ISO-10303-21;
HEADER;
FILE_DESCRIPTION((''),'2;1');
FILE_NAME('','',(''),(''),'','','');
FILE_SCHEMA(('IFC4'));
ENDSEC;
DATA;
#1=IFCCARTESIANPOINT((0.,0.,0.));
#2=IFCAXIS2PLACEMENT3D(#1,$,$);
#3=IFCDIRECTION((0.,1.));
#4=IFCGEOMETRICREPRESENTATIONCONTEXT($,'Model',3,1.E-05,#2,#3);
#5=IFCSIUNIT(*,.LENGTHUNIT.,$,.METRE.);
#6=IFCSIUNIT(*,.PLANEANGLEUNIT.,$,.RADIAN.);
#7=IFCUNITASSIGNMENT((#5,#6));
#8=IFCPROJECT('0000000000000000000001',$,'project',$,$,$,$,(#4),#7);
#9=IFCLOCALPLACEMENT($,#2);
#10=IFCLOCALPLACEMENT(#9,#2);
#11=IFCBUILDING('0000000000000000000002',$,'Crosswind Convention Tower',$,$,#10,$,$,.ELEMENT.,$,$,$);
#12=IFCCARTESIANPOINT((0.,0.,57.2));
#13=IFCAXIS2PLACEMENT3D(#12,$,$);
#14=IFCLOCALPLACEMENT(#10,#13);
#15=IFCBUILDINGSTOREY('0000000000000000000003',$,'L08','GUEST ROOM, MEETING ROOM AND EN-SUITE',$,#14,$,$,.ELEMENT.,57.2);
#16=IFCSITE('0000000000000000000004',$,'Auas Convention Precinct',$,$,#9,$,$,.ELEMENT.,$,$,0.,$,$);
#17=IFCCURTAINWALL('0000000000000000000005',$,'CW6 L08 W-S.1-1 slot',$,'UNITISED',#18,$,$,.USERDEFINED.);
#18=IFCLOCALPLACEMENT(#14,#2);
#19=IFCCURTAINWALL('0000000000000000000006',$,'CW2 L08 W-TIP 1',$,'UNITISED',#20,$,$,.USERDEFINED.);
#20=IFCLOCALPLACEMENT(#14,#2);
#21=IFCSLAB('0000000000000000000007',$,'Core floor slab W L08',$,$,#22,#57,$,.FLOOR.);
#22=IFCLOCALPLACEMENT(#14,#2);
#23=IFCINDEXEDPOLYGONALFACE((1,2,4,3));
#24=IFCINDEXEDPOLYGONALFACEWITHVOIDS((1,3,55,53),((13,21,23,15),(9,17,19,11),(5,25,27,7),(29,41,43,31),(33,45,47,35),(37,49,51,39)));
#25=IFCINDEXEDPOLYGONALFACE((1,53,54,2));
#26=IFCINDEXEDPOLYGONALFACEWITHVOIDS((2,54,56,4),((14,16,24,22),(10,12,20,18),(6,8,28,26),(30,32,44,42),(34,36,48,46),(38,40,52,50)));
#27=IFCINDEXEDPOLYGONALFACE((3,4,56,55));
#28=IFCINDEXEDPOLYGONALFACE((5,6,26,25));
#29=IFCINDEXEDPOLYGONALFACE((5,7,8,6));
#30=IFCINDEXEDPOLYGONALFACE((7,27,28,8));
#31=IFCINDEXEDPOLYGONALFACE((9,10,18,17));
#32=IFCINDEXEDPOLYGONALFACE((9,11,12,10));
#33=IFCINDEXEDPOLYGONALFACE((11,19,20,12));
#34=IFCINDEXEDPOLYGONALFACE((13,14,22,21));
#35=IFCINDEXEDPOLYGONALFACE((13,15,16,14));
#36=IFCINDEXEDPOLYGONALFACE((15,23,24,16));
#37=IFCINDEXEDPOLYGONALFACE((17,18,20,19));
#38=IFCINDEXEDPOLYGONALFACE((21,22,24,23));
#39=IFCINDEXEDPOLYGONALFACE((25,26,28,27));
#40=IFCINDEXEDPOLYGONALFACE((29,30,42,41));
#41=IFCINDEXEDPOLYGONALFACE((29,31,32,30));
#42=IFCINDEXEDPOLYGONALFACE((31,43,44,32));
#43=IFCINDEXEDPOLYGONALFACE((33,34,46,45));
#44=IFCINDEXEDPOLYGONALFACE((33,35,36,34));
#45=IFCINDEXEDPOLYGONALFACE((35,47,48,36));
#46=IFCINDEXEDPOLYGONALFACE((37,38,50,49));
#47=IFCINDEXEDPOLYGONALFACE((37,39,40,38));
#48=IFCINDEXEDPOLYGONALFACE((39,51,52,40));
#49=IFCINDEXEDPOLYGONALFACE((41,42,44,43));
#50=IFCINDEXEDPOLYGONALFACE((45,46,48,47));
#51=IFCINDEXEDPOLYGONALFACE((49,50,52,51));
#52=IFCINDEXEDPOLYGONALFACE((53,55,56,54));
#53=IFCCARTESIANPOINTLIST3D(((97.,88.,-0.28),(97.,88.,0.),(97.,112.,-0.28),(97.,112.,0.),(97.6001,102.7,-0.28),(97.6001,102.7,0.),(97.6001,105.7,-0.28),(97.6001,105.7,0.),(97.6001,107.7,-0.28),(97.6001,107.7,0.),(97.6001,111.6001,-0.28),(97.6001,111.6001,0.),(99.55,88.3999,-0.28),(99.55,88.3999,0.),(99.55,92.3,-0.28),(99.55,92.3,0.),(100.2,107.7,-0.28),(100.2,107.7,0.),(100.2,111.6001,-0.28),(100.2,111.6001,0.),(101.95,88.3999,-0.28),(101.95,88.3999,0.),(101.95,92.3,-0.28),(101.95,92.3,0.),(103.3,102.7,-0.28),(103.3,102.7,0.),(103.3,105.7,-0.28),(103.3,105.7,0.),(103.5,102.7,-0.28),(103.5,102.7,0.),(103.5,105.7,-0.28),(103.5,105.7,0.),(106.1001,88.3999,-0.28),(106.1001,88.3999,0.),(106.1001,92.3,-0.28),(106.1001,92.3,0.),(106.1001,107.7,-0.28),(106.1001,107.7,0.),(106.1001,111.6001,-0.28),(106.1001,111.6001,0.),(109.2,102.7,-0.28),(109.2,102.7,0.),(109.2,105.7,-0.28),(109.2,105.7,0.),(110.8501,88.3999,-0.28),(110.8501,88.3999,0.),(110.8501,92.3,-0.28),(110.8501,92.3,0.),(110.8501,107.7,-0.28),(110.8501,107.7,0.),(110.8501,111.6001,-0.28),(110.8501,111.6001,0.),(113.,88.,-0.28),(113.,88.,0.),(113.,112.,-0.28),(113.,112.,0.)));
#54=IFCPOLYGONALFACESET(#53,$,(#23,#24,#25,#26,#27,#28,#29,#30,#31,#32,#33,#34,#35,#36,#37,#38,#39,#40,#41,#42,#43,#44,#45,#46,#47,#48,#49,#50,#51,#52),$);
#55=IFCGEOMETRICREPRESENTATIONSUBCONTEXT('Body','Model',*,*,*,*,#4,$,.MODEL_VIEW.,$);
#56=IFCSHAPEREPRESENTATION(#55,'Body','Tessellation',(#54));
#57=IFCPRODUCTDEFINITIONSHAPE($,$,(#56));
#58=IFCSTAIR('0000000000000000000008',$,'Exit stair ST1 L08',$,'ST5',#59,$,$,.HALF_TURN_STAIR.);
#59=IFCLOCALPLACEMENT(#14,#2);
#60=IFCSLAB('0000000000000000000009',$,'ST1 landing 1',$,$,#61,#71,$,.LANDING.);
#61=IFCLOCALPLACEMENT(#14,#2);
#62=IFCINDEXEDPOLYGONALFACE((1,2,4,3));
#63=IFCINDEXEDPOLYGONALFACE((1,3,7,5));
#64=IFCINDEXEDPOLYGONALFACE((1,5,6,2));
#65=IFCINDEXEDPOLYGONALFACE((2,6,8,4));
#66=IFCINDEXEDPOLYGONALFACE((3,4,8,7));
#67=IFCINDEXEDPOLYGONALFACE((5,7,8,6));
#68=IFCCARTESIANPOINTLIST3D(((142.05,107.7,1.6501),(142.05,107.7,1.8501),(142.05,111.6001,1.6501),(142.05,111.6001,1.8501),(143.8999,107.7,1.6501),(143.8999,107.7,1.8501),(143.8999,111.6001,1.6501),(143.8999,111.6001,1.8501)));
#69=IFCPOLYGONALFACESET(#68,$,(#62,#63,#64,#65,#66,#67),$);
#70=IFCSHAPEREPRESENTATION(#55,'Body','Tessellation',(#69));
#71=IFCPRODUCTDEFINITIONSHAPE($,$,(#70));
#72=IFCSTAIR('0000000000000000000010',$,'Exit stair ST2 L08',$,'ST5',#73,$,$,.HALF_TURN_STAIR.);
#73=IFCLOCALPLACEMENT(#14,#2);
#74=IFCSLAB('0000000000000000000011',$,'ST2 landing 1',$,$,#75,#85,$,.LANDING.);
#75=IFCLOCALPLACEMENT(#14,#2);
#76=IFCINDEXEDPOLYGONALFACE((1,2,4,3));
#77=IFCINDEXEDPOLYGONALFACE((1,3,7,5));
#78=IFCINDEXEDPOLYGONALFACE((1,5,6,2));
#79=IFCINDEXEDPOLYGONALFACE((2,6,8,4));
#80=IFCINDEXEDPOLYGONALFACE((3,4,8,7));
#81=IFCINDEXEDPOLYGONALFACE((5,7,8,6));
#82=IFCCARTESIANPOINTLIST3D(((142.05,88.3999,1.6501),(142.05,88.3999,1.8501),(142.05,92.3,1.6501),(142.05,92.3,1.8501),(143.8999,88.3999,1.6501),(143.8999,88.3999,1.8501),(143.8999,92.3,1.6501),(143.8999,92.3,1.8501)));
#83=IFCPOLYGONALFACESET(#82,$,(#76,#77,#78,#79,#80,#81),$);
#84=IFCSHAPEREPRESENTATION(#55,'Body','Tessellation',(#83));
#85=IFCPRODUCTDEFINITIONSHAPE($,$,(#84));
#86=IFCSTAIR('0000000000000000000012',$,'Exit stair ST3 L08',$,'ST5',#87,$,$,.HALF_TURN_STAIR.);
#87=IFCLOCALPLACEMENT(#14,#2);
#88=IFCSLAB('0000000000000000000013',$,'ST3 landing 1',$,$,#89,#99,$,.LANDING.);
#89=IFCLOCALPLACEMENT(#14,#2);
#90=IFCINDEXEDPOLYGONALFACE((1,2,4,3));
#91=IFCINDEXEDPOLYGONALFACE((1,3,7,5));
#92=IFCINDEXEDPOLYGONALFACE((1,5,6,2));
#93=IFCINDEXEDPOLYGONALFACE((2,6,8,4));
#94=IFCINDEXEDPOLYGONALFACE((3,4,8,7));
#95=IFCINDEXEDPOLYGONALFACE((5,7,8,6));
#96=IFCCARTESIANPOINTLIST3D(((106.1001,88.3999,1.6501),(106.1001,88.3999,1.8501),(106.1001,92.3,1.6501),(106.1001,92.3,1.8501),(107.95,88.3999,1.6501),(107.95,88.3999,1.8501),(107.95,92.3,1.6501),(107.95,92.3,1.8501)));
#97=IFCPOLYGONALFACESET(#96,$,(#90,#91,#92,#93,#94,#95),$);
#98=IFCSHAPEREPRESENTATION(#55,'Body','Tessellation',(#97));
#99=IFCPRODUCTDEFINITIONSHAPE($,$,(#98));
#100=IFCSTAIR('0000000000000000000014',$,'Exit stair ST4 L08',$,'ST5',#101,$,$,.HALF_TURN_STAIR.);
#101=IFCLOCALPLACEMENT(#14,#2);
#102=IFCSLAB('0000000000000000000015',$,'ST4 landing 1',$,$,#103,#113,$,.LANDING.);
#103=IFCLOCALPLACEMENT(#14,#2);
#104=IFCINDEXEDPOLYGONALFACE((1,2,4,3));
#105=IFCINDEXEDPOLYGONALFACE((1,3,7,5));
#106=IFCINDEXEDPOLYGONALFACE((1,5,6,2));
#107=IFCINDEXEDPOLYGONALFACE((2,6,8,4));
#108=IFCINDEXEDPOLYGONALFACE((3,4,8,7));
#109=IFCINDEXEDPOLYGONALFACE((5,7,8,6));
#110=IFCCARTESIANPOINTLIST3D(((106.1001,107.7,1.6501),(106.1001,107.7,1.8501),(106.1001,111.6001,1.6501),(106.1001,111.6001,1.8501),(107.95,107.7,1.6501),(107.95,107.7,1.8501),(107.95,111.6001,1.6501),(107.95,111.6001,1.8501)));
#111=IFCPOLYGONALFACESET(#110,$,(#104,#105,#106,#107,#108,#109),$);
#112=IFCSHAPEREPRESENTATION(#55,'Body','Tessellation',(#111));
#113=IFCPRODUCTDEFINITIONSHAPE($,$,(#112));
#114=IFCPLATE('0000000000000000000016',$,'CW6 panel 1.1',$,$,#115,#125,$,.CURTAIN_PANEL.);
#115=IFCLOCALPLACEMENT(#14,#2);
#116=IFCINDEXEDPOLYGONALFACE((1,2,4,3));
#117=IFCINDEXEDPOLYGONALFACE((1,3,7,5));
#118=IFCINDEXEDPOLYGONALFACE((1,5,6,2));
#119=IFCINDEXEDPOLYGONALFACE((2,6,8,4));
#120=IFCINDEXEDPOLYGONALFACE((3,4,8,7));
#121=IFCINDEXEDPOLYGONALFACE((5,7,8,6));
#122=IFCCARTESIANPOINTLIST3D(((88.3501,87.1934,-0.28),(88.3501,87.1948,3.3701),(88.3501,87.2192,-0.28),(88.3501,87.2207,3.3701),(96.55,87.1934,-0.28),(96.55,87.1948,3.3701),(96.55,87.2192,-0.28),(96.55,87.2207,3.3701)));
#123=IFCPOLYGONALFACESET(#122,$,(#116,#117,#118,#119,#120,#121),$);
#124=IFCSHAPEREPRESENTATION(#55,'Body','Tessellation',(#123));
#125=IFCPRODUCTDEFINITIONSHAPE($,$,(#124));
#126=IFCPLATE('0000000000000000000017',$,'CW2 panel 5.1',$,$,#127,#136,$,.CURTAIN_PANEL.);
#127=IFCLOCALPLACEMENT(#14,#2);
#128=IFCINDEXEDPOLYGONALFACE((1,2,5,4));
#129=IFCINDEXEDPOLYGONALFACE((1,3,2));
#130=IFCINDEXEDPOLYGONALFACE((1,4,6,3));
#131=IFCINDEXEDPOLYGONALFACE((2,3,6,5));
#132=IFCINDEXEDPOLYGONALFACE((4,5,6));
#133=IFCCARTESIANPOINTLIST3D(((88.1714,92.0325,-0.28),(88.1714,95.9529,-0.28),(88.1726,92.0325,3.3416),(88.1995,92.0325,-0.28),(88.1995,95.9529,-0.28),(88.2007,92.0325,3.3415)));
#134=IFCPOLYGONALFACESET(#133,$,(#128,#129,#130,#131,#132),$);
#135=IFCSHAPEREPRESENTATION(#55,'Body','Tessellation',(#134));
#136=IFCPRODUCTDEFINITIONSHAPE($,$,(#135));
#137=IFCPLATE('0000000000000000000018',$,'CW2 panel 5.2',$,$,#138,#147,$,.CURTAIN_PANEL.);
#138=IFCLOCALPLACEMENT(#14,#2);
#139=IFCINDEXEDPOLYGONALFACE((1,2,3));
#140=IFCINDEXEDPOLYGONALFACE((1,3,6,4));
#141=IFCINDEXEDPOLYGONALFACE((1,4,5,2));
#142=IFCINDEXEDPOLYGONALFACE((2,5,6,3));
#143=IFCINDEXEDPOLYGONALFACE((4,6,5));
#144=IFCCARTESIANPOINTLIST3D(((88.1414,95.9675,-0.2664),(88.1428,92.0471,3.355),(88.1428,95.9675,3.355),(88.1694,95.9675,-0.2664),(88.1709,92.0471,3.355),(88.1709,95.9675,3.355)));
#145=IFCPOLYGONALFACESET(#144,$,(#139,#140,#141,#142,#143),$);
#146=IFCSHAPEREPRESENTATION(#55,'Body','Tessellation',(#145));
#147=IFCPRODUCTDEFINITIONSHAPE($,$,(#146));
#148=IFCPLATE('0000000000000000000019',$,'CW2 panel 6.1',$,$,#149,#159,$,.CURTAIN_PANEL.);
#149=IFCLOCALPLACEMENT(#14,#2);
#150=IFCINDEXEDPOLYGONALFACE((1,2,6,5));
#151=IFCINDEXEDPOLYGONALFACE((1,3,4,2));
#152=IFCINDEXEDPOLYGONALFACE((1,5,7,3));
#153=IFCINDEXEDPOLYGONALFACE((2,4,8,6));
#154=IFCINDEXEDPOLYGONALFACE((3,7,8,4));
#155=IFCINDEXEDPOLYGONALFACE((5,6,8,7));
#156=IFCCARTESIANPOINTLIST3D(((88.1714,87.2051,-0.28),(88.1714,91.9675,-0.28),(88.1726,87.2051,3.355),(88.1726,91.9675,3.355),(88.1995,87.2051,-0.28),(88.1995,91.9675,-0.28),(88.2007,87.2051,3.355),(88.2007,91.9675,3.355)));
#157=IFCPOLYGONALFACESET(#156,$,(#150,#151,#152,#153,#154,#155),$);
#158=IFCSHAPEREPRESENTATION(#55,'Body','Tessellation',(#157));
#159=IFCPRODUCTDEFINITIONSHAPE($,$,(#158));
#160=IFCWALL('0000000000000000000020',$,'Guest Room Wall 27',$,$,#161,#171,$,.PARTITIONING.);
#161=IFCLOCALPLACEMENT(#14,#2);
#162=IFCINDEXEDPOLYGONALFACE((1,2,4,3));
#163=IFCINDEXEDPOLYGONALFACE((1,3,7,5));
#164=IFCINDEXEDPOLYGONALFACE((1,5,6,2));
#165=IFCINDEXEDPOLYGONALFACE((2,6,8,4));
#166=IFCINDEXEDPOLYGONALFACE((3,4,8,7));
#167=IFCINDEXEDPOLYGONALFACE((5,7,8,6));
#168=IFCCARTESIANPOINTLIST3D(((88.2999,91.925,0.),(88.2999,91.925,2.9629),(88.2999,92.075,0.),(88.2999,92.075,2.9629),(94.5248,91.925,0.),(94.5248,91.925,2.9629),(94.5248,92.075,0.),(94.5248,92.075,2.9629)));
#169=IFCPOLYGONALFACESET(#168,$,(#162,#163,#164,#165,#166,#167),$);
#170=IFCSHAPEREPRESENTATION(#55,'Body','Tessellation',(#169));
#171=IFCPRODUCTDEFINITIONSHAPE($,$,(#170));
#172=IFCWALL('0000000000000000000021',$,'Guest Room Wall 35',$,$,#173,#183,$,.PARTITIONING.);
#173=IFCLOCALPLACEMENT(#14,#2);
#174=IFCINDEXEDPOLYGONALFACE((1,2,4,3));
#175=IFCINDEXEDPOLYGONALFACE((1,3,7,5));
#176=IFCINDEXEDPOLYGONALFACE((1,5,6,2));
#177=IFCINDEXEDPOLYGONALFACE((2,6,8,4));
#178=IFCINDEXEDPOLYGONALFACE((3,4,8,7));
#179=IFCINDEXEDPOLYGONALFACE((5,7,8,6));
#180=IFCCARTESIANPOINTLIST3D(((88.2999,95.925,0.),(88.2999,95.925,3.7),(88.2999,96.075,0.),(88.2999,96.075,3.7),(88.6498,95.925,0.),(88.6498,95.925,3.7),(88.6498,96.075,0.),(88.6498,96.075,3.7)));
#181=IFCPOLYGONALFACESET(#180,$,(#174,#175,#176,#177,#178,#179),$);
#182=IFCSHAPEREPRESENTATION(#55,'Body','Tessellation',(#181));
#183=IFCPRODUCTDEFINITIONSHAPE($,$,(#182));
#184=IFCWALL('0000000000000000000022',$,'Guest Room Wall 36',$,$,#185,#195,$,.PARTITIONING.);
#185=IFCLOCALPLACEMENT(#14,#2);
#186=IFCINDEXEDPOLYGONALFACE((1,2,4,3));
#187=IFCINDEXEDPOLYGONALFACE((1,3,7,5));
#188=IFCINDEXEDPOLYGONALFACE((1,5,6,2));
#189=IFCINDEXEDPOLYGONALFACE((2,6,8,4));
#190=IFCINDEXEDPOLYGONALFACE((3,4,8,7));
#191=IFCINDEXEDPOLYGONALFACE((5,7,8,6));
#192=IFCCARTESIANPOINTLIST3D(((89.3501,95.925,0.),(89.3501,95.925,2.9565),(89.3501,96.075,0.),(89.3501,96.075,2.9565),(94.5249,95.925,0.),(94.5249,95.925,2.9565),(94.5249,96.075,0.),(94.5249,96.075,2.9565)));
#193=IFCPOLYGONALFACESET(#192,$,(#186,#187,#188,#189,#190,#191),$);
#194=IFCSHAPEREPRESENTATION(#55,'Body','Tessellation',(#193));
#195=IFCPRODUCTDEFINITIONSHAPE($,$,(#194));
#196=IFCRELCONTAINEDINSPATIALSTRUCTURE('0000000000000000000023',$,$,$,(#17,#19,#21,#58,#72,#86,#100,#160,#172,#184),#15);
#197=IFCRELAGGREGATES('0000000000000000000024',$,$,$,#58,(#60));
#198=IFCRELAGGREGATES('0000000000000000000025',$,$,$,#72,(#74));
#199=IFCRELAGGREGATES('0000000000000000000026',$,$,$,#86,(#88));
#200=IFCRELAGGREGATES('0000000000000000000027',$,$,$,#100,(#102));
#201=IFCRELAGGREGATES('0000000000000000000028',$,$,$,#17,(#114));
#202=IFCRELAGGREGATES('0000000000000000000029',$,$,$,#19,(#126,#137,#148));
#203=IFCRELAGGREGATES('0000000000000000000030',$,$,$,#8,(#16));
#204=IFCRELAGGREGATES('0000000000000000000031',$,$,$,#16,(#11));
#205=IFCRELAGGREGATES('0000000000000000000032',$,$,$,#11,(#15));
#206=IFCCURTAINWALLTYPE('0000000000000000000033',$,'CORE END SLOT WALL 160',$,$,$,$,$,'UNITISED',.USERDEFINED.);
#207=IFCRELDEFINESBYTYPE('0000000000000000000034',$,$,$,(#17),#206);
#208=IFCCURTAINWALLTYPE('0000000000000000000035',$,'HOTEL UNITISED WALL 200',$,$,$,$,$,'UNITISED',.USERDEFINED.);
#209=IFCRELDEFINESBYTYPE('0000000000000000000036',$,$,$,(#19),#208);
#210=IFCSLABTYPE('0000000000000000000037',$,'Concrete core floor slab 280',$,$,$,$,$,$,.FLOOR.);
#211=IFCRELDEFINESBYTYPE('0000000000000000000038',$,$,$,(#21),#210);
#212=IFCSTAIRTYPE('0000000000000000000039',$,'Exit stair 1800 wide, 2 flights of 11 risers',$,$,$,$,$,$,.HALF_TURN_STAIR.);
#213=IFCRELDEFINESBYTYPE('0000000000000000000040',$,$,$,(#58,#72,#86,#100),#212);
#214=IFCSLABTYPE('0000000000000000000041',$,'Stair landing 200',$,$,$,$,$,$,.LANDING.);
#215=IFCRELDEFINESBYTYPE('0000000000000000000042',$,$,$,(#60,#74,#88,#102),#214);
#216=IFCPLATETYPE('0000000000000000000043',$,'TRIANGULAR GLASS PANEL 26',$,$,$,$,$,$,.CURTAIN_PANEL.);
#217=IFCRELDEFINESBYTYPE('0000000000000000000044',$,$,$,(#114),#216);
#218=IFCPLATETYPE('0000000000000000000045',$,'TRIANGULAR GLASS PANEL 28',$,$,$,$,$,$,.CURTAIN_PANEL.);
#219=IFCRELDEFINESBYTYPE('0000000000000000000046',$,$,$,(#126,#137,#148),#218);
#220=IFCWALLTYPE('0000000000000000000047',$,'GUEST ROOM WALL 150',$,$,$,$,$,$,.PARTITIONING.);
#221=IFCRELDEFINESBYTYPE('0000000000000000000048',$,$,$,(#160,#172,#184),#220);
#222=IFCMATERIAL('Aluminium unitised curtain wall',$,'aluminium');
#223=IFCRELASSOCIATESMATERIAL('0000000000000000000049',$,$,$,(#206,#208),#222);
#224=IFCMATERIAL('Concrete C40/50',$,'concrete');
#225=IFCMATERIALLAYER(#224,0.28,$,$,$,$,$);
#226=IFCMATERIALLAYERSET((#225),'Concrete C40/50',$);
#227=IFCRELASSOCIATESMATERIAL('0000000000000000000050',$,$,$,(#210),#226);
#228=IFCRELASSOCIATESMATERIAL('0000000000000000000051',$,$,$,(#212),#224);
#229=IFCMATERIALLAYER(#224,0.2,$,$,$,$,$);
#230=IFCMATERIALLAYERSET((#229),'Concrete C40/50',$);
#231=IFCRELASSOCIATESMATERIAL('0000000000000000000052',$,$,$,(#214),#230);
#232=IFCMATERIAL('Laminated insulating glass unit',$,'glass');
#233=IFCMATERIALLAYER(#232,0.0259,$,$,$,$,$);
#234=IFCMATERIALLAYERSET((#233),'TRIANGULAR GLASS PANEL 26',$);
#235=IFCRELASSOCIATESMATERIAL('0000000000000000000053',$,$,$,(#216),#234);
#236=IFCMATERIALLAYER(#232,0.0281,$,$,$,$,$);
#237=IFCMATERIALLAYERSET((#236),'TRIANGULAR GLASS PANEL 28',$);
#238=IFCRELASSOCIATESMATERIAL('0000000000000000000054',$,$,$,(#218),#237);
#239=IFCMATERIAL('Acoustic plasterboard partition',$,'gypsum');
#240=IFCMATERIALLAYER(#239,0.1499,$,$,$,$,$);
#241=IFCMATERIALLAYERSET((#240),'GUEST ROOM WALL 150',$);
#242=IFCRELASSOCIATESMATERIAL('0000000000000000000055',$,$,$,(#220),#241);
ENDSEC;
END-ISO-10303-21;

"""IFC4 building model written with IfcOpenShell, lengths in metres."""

from ifc_helpers import new_model, si_unit, direction, frame, frame_2d, origin, place, context, subcontext, project, spatial, polyline, rectangle, outline, extrude, material, layer, layer_set, type_object, element, aggregate, save


model = new_model("IFC4")

# Units and contexts
model_context = context("Model", 3, precision=1e-05, world=origin(), true_north=direction((0.0, 1.0)))
body_context = subcontext(model_context, "Body", "Model", "MODEL_VIEW")
ifc_project = project(units=[si_unit("LENGTHUNIT", "METRE"), si_unit("PLANEANGLEUNIT", "RADIAN")], contexts=[model_context])

# Site, building, storey
site_placement = place(None, origin())
site = spatial("IfcSite", under=ifc_project, at=site_placement, Name="Auas Convention Precinct", CompositionType="ELEMENT", RefElevation=0.0)
building_placement = place(site_placement, origin())
building = spatial("IfcBuilding", under=site, at=building_placement, Name="Crosswind Convention Tower", CompositionType="ELEMENT")
storey_placement = place(building_placement, frame((0.0, 0.0, 57.2)))
storey = spatial("IfcBuildingStorey", under=building, at=storey_placement, Name="L08", Description="GUEST ROOM, MEETING ROOM AND EN-SUITE", CompositionType="ELEMENT", Elevation=57.2)

# Curtain wall
ifc_material_1 = material(Name="Aluminium unitised curtain wall", Category="aluminium")
curtain_wall_type_1 = type_object("IfcCurtainWallType", Name="CORE END SLOT WALL 160", ElementType="UNITISED", PredefinedType="USERDEFINED", material=ifc_material_1)
curtain_wall_1_placement = place(storey_placement, origin())
curtain_wall_1 = element("IfcCurtainWall", 1, at=curtain_wall_1_placement, inside=storey, type_object=curtain_wall_type_1, Name="CW6 L08 W-S.1-1 slot", ObjectType="UNITISED", PredefinedType="USERDEFINED")

# Curtain wall
curtain_wall_type_2 = type_object("IfcCurtainWallType", Name="HOTEL UNITISED WALL 200", ElementType="UNITISED", PredefinedType="USERDEFINED", material=ifc_material_1)
curtain_wall_2_placement = place(storey_placement, origin())
curtain_wall_2 = element("IfcCurtainWall", 2, at=curtain_wall_2_placement, inside=storey, type_object=curtain_wall_type_2, Name="CW2 L08 W-TIP 1", ObjectType="UNITISED", PredefinedType="USERDEFINED")

# Slab
ifc_material_2 = material(Name="Concrete C40/50", Category="concrete")
ifc_layer_1 = layer(ifc_material_2, 0.28)
ifc_layer_set_1 = layer_set([ifc_layer_1], Name="Concrete C40/50")
slab_type_1 = type_object("IfcSlabType", Name="Concrete core floor slab 280", PredefinedType="FLOOR", material=ifc_layer_set_1)
slab_1_placement = place(storey_placement, frame((0.0, 0.0, -0.28)))
element("IfcSlab", 3, at=slab_1_placement, inside=storey, type_object=slab_type_1, Name="Core floor slab W L08", PredefinedType="FLOOR", context=body_context, shape_type="SweptSolid", body=[
    extrude(outline(polyline([(97.0, 88.0), (113.0, 88.0), (113.0, 112.0), (97.0, 112.0), (97.0, 88.0)]), holes=[polyline([(109.2, 102.7), (109.2, 105.7), (103.5, 105.7), (103.5, 102.7), (109.2, 102.7)]), polyline([(103.3, 102.7), (103.3, 105.7), (97.6001, 105.7), (97.6001, 102.7), (103.3, 102.7)]), polyline([(101.95, 88.3999), (101.95, 92.3), (99.55, 92.3), (99.55, 88.3999), (101.95, 88.3999)]), polyline([(100.2, 107.7), (100.2, 111.6001), (97.6001, 111.6001), (97.6001, 107.7), (100.2, 107.7)]), polyline([(110.8501, 88.3999), (110.8501, 92.3), (106.1001, 92.3), (106.1001, 88.3999), (110.8501, 88.3999)]), polyline([(110.8501, 107.7), (110.8501, 111.6001), (106.1001, 111.6001), (106.1001, 107.7), (110.8501, 107.7)])]), origin(), (0.0, 0.0, 1.0), 0.28),
])

# Stairs, slabs
stair_type = type_object("IfcStairType", Name="Exit stair 1800 wide, 2 flights of 11 risers", PredefinedType="HALF_TURN_STAIR", material=ifc_material_2)
stair_1_placement = place(storey_placement, origin())
stair_1 = element("IfcStair", 4, at=stair_1_placement, inside=storey, type_object=stair_type, Name="Exit stair ST1 L08", ObjectType="ST5", PredefinedType="HALF_TURN_STAIR")
ifc_layer_2 = layer(ifc_material_2, 0.2)
ifc_layer_set_2 = layer_set([ifc_layer_2], Name="Concrete C40/50")
slab_type_2 = type_object("IfcSlabType", Name="Stair landing 200", PredefinedType="LANDING", material=ifc_layer_set_2)
slab_2_placement = place(storey_placement, frame((0.0, 0.0, 1.6501)))
slab_2 = element("IfcSlab", 5, at=slab_2_placement, type_object=slab_type_2, Name="ST1 landing 1", PredefinedType="LANDING", context=body_context, shape_type="SweptSolid", body=[
    extrude(outline(polyline([(143.8999, 107.7), (143.8999, 111.6001), (142.05, 111.6001), (142.05, 107.7), (143.8999, 107.7)])), origin(), (0.0, 0.0, 1.0), 0.2),
])
aggregate(stair_1, [slab_2])
stair_2_placement = place(storey_placement, origin())
stair_2 = element("IfcStair", 6, at=stair_2_placement, inside=storey, type_object=stair_type, Name="Exit stair ST2 L08", ObjectType="ST5", PredefinedType="HALF_TURN_STAIR")
slab_3_placement = place(storey_placement, frame((0.0, 0.0, 1.6501)))
slab_3 = element("IfcSlab", 7, at=slab_3_placement, type_object=slab_type_2, Name="ST2 landing 1", PredefinedType="LANDING", context=body_context, shape_type="SweptSolid", body=[
    extrude(outline(polyline([(143.8999, 88.3999), (143.8999, 92.3), (142.05, 92.3), (142.05, 88.3999), (143.8999, 88.3999)])), origin(), (0.0, 0.0, 1.0), 0.2),
])
aggregate(stair_2, [slab_3])
stair_3_placement = place(storey_placement, origin())
stair_3 = element("IfcStair", 8, at=stair_3_placement, inside=storey, type_object=stair_type, Name="Exit stair ST3 L08", ObjectType="ST5", PredefinedType="HALF_TURN_STAIR")
slab_4_placement = place(storey_placement, frame((0.0, 0.0, 1.6501)))
slab_4 = element("IfcSlab", 9, at=slab_4_placement, type_object=slab_type_2, Name="ST3 landing 1", PredefinedType="LANDING", context=body_context, shape_type="SweptSolid", body=[
    extrude(outline(polyline([(107.95, 88.3999), (107.95, 92.3), (106.1001, 92.3), (106.1001, 88.3999), (107.95, 88.3999)])), origin(), (0.0, 0.0, 1.0), 0.2),
])
aggregate(stair_3, [slab_4])
stair_4_placement = place(storey_placement, origin())
stair_4 = element("IfcStair", 10, at=stair_4_placement, inside=storey, type_object=stair_type, Name="Exit stair ST4 L08", ObjectType="ST5", PredefinedType="HALF_TURN_STAIR")
slab_5_placement = place(storey_placement, frame((0.0, 0.0, 1.6501)))
slab_5 = element("IfcSlab", 11, at=slab_5_placement, type_object=slab_type_2, Name="ST4 landing 1", PredefinedType="LANDING", context=body_context, shape_type="SweptSolid", body=[
    extrude(outline(polyline([(107.95, 107.7), (107.95, 111.6001), (106.1001, 111.6001), (106.1001, 107.7), (107.95, 107.7)])), origin(), (0.0, 0.0, 1.0), 0.2),
])
aggregate(stair_4, [slab_5])

# Plates
ifc_material_3 = material(Name="Laminated insulating glass unit", Category="glass")
ifc_layer_3 = layer(ifc_material_3, 0.0259)
ifc_layer_set_3 = layer_set([ifc_layer_3], Name="TRIANGULAR GLASS PANEL 26")
plate_type_1 = type_object("IfcPlateType", Name="TRIANGULAR GLASS PANEL 26", PredefinedType="CURTAIN_PANEL", material=ifc_layer_set_3)
plate_1_placement = place(storey_placement, frame((88.3501, 87.1934, -0.28), z_axis=(0.0, -1.0, 0.000401), x_axis=(1.0, 0.0, 0.0)))
plate_1 = element("IfcPlate", 12, at=plate_1_placement, type_object=plate_type_1, Name="CW6 panel 1.1", PredefinedType="CURTAIN_PANEL", context=body_context, shape_type="SweptSolid", body=[
    extrude(outline(polyline([(0.0, 0.0), (8.2, 0.0), (8.2, 3.6501), (0.0, 3.6501), (0.0, 0.0)])), origin(), (0.0, 0.0, -1.0), 0.0259),
])
aggregate(curtain_wall_1, [plate_1])
ifc_layer_4 = layer(ifc_material_3, 0.0281)
ifc_layer_set_4 = layer_set([ifc_layer_4], Name="TRIANGULAR GLASS PANEL 28")
plate_type_2 = type_object("IfcPlateType", Name="TRIANGULAR GLASS PANEL 28", PredefinedType="CURTAIN_PANEL", material=ifc_layer_set_4)
plate_2_placement = place(storey_placement, frame((88.1714, 92.0325, -0.28), z_axis=(-1.0, 0.0, 0.000337), x_axis=(0.000337, 0.0, 1.0)))
plate_2 = element("IfcPlate", 13, at=plate_2_placement, type_object=plate_type_2, Name="CW2 panel 5.1", PredefinedType="CURTAIN_PANEL", context=body_context, shape_type="SweptSolid", body=[
    extrude(outline(polyline([(0.0, 0.0), (3.6216, 0.0), (0.0, 3.9204), (0.0, 0.0)])), origin(), (0.0, 0.0, -1.0), 0.0281),
])
plate_3_placement = place(storey_placement, frame((88.1428, 95.9675, 3.355), z_axis=(-1.0, 0.0, 0.000405), x_axis=(-0.000405, 0.0, -1.0)))
plate_3 = element("IfcPlate", 14, at=plate_3_placement, type_object=plate_type_2, Name="CW2 panel 5.2", PredefinedType="CURTAIN_PANEL", context=body_context, shape_type="SweptSolid", body=[
    extrude(outline(polyline([(0.0, 0.0), (3.6213, 0.0), (0.0, 3.9204), (0.0, 0.0)])), origin(), (0.0, 0.0, -1.0), 0.0281),
])
plate_4_placement = place(storey_placement, frame((88.1714, 91.9675, -0.28), z_axis=(-1.0, 0.0, 0.000336), x_axis=(0.0, -1.0, 0.0)))
plate_4 = element("IfcPlate", 15, at=plate_4_placement, type_object=plate_type_2, Name="CW2 panel 6.1", PredefinedType="CURTAIN_PANEL", context=body_context, shape_type="SweptSolid", body=[
    extrude(outline(polyline([(0.0, 0.0), (4.7625, 0.0), (4.7625, 3.635), (0.0, 3.635), (0.0, 0.0)])), origin(), (0.0, 0.0, -1.0), 0.0281),
])
aggregate(curtain_wall_2, [plate_2, plate_3, plate_4])

# Walls
ifc_material_4 = material(Name="Acoustic plasterboard partition", Category="gypsum")
ifc_layer_5 = layer(ifc_material_4, 0.1499)
ifc_layer_set_5 = layer_set([ifc_layer_5], Name="GUEST ROOM WALL 150")
wall_type_1 = type_object("IfcWallType", Name="GUEST ROOM WALL 150", PredefinedType="PARTITIONING", material=ifc_layer_set_5)
wall_1_placement = place(storey_placement, frame((88.3, 92.0, 0.0), z_axis=(0.0, 0.0, 1.0), x_axis=(1.0, 0.0, 0.0)))
element("IfcWall", 16, at=wall_1_placement, inside=storey, type_object=wall_type_1, Name="Guest Room Wall 27", PredefinedType="PARTITIONING", context=body_context, shape_type="SweptSolid", body=[
    extrude(rectangle(XDim=6.2249, YDim=0.1499, at=frame_2d((3.1123, 0.0))), origin(), (0.0, 0.0, 1.0), 2.9629),
])
wall_2_placement = place(storey_placement, frame((88.3, 96.0, 0.0), z_axis=(0.0, 0.0, 1.0), x_axis=(1.0, 0.0, 0.0)))
element("IfcWall", 17, at=wall_2_placement, inside=storey, type_object=wall_type_1, Name="Guest Room Wall 35", PredefinedType="PARTITIONING", context=body_context, shape_type="SweptSolid", body=[
    extrude(rectangle(XDim=0.3499, YDim=0.1499, at=frame_2d((0.1748, 0.0))), origin(), (0.0, 0.0, 1.0), 3.7),
])
wall_3_placement = place(storey_placement, frame((89.3501, 96.0, 0.0), z_axis=(0.0, 0.0, 1.0), x_axis=(1.0, 0.0, 0.0)))
element("IfcWall", 18, at=wall_3_placement, inside=storey, type_object=wall_type_1, Name="Guest Room Wall 36", PredefinedType="PARTITIONING", context=body_context, shape_type="SweptSolid", body=[
    extrude(rectangle(XDim=5.1748, YDim=0.1499, at=frame_2d((2.5874, 0.0))), origin(), (0.0, 0.0, 1.0), 2.9565),
])

save(model, "model.ifc")
